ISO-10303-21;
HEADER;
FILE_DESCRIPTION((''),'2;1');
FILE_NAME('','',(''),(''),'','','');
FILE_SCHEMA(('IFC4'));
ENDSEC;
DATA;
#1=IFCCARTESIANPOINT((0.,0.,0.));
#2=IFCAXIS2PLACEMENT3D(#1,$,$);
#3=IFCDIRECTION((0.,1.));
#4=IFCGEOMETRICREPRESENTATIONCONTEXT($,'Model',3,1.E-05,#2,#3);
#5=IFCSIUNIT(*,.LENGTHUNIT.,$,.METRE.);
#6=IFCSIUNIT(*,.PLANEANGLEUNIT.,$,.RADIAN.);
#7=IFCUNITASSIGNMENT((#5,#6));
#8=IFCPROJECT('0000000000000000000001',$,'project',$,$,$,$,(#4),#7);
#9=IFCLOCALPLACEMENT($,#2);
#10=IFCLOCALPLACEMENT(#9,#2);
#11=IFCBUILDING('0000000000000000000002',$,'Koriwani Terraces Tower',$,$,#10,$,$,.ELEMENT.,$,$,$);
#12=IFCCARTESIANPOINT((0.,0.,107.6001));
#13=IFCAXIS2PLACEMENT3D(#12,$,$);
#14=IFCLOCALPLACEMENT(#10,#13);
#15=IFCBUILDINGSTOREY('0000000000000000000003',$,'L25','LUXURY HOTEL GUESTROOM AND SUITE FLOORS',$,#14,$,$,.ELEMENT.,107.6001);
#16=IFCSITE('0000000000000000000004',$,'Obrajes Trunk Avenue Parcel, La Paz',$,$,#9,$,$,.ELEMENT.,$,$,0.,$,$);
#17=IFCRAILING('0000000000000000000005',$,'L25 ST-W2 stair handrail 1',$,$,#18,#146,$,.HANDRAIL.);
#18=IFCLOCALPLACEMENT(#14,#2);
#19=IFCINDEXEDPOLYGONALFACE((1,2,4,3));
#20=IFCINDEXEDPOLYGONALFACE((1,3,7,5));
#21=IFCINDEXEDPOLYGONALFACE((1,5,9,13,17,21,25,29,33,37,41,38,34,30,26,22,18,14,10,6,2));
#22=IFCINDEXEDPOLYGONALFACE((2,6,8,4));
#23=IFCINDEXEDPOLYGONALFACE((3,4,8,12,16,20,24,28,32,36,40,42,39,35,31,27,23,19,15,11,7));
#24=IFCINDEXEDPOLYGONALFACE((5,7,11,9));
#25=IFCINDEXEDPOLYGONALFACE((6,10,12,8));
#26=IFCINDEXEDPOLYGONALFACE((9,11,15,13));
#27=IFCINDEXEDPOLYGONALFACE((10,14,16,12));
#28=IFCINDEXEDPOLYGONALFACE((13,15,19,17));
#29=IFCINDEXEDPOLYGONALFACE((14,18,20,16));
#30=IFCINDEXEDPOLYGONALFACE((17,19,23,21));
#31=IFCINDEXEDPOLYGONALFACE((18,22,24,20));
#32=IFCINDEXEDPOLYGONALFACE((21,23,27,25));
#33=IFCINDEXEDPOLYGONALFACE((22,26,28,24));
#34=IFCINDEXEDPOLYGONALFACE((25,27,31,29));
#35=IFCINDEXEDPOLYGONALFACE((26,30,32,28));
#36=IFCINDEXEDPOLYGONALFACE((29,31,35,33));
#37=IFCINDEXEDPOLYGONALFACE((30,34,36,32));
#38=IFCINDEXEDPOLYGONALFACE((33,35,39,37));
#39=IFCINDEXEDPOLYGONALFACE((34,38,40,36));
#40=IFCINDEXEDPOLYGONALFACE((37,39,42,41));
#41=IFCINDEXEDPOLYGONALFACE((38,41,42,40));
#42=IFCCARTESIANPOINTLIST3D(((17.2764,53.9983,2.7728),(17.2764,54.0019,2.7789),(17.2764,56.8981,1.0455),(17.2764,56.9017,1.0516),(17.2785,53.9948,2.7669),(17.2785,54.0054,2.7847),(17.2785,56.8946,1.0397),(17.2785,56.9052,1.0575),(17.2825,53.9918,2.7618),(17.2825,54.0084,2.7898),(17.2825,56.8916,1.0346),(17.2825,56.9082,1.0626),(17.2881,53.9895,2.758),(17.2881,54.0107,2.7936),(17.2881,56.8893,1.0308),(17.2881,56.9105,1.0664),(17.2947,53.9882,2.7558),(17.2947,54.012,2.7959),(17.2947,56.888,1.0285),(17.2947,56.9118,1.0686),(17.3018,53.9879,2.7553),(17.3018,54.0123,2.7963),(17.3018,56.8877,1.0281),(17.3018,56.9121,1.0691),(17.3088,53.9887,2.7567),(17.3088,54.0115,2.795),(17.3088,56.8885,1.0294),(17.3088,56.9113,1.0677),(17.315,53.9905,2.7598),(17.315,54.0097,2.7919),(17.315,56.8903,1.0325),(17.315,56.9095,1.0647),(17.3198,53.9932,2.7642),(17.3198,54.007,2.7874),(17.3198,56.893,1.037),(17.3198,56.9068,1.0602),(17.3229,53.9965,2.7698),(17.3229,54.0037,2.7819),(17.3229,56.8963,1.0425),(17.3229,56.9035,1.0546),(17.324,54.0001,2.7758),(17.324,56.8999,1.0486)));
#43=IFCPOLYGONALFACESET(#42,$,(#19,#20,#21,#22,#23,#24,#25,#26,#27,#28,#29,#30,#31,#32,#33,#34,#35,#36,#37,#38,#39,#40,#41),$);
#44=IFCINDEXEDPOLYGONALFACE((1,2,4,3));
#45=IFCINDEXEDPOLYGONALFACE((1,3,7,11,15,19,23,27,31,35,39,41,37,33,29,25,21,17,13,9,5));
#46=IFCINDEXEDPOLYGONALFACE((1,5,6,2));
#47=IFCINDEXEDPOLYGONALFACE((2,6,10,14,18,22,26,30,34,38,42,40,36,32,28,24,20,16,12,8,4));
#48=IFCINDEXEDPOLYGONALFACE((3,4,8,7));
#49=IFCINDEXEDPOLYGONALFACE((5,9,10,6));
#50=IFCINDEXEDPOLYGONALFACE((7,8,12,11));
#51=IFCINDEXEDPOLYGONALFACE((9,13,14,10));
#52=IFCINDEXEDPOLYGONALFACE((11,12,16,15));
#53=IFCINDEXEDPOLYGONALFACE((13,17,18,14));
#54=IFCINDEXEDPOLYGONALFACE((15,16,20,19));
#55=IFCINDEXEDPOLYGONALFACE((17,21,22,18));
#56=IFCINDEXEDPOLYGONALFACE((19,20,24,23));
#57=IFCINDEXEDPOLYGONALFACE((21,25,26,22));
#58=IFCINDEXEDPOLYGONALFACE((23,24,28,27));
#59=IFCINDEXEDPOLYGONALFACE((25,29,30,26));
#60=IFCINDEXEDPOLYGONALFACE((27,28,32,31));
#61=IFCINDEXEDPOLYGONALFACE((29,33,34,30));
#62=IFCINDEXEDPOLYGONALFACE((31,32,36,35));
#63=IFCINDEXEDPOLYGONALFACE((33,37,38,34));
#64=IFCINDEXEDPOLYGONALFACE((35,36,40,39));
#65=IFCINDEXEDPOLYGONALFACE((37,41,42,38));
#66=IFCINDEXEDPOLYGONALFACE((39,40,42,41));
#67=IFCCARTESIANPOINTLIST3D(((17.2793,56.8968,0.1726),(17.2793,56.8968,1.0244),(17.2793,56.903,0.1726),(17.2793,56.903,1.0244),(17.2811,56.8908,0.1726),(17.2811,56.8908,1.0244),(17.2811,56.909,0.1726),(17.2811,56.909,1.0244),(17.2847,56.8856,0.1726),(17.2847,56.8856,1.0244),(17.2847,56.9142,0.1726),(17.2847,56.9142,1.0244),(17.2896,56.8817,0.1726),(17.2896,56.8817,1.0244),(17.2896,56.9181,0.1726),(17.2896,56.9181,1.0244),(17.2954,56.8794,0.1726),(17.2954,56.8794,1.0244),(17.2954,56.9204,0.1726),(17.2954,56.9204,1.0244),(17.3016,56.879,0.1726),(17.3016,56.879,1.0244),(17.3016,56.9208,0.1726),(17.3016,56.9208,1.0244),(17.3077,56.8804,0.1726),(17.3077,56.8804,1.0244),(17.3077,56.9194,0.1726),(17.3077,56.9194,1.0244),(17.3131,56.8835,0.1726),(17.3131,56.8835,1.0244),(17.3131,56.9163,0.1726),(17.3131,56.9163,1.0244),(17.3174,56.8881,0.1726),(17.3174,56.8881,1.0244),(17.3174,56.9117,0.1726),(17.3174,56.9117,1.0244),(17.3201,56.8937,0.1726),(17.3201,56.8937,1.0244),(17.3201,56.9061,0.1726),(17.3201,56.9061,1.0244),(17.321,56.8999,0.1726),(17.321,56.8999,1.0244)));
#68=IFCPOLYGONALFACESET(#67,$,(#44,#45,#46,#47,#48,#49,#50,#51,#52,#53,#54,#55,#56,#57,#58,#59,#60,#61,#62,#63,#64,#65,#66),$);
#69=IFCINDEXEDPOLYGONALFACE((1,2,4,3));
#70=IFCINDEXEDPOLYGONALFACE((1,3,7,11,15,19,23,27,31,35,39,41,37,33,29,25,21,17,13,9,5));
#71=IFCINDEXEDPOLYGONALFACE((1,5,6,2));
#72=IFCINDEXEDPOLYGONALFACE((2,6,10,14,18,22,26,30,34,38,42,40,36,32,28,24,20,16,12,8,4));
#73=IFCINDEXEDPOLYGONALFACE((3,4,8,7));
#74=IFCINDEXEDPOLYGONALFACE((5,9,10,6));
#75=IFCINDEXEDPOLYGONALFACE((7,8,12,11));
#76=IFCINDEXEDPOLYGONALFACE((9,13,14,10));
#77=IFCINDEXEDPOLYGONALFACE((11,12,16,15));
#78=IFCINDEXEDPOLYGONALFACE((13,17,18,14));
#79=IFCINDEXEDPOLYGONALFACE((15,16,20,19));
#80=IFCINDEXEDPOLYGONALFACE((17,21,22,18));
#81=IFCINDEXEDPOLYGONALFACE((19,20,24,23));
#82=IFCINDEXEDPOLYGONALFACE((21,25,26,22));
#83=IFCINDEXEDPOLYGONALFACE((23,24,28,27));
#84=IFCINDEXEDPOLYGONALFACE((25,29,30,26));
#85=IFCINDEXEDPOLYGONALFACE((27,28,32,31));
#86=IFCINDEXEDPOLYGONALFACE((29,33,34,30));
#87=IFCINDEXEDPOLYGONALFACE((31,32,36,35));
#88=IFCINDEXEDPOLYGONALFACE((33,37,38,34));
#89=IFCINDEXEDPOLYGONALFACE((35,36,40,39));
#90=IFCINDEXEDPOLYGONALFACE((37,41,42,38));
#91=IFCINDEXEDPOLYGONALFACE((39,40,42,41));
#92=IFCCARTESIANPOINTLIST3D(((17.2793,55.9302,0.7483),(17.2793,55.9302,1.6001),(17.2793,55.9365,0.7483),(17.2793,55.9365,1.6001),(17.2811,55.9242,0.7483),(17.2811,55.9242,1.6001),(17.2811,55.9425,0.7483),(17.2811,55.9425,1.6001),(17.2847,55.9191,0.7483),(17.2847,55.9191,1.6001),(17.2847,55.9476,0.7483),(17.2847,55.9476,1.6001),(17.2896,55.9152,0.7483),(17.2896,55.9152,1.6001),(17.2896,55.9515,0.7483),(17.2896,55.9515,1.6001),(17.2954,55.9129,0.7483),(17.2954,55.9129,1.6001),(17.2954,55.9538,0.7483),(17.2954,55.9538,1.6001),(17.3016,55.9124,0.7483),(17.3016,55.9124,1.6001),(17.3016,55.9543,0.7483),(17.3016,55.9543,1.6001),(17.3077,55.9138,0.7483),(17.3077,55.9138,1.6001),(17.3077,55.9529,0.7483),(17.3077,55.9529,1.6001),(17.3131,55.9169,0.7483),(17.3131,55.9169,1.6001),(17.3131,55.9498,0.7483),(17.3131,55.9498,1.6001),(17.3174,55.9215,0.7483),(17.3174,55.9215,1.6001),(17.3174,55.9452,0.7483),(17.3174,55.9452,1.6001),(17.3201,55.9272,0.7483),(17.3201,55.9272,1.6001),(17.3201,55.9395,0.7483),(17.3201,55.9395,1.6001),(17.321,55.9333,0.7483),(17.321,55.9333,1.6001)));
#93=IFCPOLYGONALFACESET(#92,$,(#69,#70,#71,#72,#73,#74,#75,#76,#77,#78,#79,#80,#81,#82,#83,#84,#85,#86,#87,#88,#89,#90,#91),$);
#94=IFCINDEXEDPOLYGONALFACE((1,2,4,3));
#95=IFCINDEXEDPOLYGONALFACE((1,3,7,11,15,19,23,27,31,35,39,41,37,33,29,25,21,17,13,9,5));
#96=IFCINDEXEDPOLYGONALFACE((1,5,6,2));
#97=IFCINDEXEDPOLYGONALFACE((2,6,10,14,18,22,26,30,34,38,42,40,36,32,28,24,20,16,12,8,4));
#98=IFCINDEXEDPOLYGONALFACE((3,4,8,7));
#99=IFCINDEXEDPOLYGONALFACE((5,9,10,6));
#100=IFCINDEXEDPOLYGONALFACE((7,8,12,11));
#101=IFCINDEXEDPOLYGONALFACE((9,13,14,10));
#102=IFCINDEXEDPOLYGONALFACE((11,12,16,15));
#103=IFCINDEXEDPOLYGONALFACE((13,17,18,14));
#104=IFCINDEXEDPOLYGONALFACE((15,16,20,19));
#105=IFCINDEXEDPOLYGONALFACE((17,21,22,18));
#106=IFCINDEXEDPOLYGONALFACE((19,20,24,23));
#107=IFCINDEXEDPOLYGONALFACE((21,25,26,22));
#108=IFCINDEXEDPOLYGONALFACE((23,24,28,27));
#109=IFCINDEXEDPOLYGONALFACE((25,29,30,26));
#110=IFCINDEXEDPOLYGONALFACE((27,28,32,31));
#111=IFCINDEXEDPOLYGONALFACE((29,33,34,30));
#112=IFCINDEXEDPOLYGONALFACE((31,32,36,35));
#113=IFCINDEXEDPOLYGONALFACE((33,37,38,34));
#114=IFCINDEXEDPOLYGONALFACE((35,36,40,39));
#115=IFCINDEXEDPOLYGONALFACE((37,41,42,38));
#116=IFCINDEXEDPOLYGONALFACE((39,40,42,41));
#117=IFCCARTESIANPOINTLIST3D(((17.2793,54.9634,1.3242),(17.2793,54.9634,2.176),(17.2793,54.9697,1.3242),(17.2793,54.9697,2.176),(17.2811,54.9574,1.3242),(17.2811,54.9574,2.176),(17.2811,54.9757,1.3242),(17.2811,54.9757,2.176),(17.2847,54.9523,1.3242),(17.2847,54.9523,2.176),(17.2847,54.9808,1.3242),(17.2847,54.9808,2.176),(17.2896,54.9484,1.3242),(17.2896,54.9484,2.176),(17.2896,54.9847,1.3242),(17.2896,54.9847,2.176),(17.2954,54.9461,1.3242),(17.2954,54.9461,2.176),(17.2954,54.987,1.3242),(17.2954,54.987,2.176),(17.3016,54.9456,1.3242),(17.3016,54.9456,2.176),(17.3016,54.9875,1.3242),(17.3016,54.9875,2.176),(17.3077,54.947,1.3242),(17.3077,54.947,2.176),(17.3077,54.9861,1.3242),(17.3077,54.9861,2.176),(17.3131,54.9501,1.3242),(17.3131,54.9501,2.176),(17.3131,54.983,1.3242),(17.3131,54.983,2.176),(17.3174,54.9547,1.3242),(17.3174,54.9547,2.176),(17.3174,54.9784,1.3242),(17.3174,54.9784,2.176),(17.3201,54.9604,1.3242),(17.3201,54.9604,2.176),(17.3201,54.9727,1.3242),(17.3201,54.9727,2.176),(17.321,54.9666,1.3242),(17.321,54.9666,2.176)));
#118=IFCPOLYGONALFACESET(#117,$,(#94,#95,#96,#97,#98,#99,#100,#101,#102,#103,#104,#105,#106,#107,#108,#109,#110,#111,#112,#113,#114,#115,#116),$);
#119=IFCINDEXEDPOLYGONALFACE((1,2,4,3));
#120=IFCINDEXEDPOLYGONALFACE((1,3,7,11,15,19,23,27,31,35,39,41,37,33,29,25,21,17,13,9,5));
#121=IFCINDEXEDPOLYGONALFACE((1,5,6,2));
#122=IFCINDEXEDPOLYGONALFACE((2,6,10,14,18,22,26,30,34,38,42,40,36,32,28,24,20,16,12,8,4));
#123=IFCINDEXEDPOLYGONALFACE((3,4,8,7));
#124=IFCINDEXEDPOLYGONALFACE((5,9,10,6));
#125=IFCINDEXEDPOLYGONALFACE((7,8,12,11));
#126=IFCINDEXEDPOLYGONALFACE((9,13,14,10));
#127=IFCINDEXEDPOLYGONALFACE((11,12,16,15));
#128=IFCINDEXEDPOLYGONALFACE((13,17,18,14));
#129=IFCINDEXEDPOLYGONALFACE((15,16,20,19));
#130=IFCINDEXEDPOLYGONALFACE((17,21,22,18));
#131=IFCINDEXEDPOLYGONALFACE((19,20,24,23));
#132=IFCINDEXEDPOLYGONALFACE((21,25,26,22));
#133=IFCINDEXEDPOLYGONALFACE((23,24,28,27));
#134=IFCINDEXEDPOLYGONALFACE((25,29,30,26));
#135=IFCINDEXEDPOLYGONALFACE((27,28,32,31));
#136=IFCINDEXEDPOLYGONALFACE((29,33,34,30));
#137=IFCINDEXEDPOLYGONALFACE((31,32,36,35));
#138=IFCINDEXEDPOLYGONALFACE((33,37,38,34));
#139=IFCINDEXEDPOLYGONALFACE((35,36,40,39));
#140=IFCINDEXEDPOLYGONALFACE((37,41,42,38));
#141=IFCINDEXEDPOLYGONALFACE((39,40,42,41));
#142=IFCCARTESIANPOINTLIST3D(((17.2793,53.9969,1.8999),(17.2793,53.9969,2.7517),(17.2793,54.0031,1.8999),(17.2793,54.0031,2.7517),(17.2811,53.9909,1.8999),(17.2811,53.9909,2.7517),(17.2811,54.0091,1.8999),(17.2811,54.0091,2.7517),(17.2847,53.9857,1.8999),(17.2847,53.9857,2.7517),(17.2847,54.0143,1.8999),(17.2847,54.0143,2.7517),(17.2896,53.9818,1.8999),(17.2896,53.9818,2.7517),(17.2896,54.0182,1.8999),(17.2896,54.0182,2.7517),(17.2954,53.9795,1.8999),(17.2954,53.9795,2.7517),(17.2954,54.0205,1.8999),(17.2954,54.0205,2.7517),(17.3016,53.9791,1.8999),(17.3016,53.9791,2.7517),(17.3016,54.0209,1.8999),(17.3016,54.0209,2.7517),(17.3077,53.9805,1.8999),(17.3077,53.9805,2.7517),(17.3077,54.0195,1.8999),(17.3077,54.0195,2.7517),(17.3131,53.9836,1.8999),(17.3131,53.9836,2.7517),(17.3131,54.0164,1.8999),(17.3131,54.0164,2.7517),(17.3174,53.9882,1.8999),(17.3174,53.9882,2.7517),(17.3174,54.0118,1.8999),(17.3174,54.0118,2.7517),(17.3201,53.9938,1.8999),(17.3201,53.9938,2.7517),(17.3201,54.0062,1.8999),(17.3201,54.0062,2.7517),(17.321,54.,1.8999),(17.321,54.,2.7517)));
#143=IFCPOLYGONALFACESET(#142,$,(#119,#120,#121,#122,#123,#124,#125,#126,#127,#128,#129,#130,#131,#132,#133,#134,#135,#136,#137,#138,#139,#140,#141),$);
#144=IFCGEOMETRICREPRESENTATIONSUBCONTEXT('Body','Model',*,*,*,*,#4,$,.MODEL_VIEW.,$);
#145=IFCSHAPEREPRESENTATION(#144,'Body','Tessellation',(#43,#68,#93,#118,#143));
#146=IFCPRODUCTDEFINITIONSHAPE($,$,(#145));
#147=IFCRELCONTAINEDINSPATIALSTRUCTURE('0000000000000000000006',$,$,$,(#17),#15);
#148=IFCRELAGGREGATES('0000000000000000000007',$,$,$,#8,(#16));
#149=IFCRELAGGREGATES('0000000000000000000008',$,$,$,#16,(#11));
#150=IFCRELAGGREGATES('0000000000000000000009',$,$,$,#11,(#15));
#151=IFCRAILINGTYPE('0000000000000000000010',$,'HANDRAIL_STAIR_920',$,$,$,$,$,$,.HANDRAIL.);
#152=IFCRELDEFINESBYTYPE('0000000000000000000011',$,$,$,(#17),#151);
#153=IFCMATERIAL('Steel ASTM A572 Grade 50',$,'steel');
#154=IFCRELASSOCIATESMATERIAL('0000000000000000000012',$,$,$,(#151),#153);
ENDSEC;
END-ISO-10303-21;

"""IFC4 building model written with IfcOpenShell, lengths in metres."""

from ifc_helpers import new_model, si_unit, direction, frame, origin, origin_2d, place, context, subcontext, project, spatial, circle, extrude, material, type_object, element, save


model = new_model("IFC4")

# Units and contexts
model_context = context("Model", 3, precision=1e-05, world=origin(), true_north=direction((0.0, 1.0)))
body_context = subcontext(model_context, "Body", "Model", "MODEL_VIEW")
ifc_project = project(units=[si_unit("LENGTHUNIT", "METRE"), si_unit("PLANEANGLEUNIT", "RADIAN")], contexts=[model_context])

# Site, building, storey
site_placement = place(None, origin())
site = spatial("IfcSite", under=ifc_project, at=site_placement, Name="Obrajes Trunk Avenue Parcel, La Paz", CompositionType="ELEMENT", RefElevation=0.0)
building_placement = place(site_placement, origin())
building = spatial("IfcBuilding", under=site, at=building_placement, Name="Koriwani Terraces Tower", CompositionType="ELEMENT")
storey_placement = place(building_placement, frame((0.0, 0.0, 107.6001)))
storey = spatial("IfcBuildingStorey", under=building, at=storey_placement, Name="L25", Description="LUXURY HOTEL GUESTROOM AND SUITE FLOORS", CompositionType="ELEMENT", Elevation=107.6001)

# Shared definitions
ifc_material_1 = material(Name="Steel ASTM A572 Grade 50", Category="steel")

# Railing
railing_type_1 = type_object("IfcRailingType", Name="HANDRAIL_STAIR_920", PredefinedType="HANDRAIL", material=ifc_material_1)
for number, where, name in (
    (1, (17.3, 56.8999, 0.1726), "L25 ST-W2 stair handrail 1"),
):
    element("IfcRailing", number, at=place(storey_placement, frame(where)), inside=storey, type_object=railing_type_1, Name=name, PredefinedType="HANDRAIL", context=body_context, shape_type="SweptSolid", body=[
        extrude(circle(Radius=0.0239, at=origin_2d()), frame((0.0, 0.0, 0.876), z_axis=(0.0, -0.859141, 0.511738), x_axis=(1.0, 0.0, 0.0)), (0.0, 0.0, 1.0), 3.3752),
        extrude(circle(Radius=0.021, at=origin_2d()), origin(), (0.0, 0.0, 1.0), 0.8518),
        extrude(circle(Radius=0.021, at=origin_2d()), frame((0.0, -0.9666, 0.5757)), (0.0, 0.0, 1.0), 0.8518),
        extrude(circle(Radius=0.021, at=origin_2d()), frame((0.0, -1.9333, 1.1516)), (0.0, 0.0, 1.0), 0.8518),
        extrude(circle(Radius=0.021, at=origin_2d()), frame((0.0, -2.8999, 1.7273)), (0.0, 0.0, 1.0), 0.8518),
    ])

save(model, "model.ifc")
